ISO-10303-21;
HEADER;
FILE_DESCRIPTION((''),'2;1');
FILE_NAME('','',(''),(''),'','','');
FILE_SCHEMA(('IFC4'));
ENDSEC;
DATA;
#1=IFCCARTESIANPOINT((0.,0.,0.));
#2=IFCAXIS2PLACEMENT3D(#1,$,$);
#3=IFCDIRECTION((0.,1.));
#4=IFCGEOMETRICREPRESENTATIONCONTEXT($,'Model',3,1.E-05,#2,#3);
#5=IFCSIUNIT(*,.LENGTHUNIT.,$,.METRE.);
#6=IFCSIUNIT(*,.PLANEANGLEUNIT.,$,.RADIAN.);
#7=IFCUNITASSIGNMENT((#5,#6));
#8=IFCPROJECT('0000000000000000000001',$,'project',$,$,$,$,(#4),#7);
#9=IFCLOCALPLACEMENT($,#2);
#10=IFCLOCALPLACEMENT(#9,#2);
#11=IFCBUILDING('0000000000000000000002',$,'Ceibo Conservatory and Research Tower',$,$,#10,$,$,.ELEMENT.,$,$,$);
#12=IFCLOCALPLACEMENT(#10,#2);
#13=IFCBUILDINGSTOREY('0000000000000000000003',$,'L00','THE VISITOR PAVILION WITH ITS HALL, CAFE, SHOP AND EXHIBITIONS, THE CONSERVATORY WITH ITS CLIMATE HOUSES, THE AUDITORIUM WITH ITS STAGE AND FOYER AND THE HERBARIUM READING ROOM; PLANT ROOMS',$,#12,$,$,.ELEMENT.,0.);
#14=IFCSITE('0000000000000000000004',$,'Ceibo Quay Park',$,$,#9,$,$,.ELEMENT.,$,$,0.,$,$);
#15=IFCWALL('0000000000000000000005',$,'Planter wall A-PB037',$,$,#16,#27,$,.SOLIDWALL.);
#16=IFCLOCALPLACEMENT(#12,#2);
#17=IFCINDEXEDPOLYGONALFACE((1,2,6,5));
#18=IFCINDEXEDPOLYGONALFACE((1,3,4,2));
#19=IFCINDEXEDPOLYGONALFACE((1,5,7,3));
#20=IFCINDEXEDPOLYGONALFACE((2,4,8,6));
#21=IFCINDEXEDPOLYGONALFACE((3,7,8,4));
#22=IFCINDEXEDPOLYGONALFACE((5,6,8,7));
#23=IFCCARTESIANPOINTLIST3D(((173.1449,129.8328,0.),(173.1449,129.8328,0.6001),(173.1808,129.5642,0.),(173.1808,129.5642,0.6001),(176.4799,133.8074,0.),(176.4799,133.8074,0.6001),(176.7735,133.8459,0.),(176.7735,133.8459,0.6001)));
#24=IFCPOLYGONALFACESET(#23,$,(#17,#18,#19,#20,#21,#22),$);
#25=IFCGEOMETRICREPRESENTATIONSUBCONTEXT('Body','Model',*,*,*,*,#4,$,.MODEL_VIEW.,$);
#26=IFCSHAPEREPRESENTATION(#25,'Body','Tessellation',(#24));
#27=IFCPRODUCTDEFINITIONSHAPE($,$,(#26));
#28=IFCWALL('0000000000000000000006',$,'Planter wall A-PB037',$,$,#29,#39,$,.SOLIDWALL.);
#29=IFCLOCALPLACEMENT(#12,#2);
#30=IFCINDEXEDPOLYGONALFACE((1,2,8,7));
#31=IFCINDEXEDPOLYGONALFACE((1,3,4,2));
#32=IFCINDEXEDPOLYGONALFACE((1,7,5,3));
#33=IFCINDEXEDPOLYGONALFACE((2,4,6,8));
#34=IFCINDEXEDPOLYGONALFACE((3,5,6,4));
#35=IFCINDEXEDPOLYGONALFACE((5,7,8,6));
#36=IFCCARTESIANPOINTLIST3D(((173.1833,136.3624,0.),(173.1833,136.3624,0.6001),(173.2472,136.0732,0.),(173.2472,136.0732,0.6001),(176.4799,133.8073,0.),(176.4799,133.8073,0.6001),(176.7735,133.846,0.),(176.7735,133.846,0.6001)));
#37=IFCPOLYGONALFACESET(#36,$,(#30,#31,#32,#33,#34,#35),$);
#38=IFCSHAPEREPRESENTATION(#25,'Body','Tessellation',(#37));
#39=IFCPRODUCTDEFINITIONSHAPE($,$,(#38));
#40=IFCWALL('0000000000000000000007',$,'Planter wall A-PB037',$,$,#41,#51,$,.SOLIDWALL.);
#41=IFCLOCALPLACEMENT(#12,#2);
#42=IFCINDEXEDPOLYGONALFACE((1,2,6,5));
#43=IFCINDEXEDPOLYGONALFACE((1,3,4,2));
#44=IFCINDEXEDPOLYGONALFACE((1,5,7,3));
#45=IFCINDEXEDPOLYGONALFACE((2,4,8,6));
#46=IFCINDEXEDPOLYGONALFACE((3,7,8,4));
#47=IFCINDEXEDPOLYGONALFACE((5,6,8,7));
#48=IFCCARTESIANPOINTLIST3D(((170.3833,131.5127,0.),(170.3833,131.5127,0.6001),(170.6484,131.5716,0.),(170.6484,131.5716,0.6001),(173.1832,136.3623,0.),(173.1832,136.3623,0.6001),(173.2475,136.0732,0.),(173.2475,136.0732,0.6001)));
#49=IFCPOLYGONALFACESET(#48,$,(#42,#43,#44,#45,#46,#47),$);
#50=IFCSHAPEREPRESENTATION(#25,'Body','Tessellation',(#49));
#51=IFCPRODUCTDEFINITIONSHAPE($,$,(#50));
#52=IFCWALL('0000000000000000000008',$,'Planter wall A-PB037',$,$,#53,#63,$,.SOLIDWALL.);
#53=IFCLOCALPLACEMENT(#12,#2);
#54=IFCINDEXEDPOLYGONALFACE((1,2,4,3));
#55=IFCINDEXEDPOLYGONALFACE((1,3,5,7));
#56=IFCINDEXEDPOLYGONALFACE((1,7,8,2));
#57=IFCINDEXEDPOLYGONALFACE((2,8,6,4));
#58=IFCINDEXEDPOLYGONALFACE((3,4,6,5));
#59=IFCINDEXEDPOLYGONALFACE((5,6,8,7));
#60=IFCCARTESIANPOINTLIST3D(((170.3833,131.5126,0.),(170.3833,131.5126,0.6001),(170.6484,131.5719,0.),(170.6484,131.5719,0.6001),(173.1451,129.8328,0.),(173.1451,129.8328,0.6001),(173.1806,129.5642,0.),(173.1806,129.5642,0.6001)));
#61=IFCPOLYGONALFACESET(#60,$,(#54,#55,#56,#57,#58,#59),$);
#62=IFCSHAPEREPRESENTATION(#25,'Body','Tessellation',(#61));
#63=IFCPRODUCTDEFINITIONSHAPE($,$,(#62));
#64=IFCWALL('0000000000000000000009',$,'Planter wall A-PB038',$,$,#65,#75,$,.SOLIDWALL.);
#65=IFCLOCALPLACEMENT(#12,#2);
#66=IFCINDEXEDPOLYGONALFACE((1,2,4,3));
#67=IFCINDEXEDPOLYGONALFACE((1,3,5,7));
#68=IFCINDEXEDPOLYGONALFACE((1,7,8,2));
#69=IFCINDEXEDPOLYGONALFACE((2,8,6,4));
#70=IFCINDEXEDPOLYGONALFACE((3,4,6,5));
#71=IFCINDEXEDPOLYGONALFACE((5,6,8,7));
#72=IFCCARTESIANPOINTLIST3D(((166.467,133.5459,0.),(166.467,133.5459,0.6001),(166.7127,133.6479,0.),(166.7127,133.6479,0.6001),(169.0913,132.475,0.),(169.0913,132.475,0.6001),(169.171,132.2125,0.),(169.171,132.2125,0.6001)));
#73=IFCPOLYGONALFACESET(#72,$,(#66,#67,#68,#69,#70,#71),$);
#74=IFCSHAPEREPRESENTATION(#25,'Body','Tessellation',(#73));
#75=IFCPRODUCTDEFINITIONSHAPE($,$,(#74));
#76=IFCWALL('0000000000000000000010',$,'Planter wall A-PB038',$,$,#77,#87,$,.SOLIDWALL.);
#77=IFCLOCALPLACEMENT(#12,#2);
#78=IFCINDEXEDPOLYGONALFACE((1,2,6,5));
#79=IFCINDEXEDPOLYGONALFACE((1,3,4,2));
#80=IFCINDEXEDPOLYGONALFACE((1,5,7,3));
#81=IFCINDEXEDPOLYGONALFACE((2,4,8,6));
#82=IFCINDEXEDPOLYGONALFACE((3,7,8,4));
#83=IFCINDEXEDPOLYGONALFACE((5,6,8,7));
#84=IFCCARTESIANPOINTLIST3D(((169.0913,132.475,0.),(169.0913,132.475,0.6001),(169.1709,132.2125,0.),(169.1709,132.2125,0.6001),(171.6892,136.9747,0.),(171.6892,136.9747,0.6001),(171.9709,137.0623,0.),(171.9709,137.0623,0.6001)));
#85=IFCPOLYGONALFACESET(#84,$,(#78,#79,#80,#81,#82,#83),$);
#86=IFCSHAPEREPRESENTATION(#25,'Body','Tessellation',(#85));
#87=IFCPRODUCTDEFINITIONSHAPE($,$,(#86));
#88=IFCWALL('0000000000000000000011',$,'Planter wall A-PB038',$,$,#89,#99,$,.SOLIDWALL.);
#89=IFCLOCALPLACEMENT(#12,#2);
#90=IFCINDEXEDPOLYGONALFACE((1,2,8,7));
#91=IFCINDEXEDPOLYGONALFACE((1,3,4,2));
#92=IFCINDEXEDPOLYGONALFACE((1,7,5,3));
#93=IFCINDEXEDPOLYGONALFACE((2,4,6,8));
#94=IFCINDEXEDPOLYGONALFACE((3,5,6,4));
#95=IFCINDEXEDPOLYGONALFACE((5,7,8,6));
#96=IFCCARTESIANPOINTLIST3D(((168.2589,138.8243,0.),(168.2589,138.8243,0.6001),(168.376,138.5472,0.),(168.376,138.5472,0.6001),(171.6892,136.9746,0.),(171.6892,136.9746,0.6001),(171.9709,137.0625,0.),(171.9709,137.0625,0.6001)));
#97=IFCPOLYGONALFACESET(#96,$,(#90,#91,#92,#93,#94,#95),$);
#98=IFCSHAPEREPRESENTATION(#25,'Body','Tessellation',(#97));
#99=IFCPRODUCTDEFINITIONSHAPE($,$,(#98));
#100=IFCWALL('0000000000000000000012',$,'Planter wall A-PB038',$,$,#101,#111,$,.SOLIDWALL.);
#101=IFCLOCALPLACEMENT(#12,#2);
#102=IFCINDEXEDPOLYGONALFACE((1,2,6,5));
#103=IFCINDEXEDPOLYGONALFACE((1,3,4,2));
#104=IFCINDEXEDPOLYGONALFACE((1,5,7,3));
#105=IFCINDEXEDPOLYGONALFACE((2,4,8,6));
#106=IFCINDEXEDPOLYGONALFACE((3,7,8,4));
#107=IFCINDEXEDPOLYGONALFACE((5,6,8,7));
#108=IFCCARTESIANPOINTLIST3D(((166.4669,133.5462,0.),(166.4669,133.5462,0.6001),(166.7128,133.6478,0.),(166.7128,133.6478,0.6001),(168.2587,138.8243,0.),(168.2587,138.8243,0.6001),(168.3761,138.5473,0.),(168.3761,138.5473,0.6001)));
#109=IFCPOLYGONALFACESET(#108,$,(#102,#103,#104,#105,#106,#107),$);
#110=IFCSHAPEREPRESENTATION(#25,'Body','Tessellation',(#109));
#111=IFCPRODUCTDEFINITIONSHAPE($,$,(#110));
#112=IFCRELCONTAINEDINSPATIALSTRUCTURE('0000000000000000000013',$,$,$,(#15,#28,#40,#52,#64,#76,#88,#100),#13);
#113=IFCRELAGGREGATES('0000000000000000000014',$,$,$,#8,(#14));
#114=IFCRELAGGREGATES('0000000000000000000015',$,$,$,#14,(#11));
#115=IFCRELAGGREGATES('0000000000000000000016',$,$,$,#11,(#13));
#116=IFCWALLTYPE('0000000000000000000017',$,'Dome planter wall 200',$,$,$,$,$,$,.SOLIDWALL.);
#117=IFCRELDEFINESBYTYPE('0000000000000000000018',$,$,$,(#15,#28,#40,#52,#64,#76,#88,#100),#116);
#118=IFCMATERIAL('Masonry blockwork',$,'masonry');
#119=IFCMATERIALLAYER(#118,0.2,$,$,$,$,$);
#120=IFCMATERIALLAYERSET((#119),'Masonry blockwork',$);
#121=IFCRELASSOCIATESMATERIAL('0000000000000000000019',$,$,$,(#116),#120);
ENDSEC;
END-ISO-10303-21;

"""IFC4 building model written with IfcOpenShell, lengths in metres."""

from ifc_helpers import new_model, si_unit, direction, frame, origin, place, context, subcontext, project, spatial, polyline, outline, extrude, material, layer, layer_set, type_object, element, save


model = new_model("IFC4")

# Units and contexts
model_context = context("Model", 3, precision=1e-05, world=origin(), true_north=direction((0.0, 1.0)))
body_context = subcontext(model_context, "Body", "Model", "MODEL_VIEW")
ifc_project = project(units=[si_unit("LENGTHUNIT", "METRE"), si_unit("PLANEANGLEUNIT", "RADIAN")], contexts=[model_context])

# Site, building, storey
site_placement = place(None, origin())
site = spatial("IfcSite", under=ifc_project, at=site_placement, Name="Ceibo Quay Park", CompositionType="ELEMENT", RefElevation=0.0)
building_placement = place(site_placement, origin())
building = spatial("IfcBuilding", under=site, at=building_placement, Name="Ceibo Conservatory and Research Tower", CompositionType="ELEMENT")
storey_placement = place(building_placement, origin())
storey = spatial("IfcBuildingStorey", under=building, at=storey_placement, Name="L00", Description="THE VISITOR PAVILION WITH ITS HALL, CAFE, SHOP AND EXHIBITIONS, THE CONSERVATORY WITH ITS CLIMATE HOUSES, THE AUDITORIUM WITH ITS STAGE AND FOYER AND THE HERBARIUM READING ROOM; PLANT ROOMS", CompositionType="ELEMENT", Elevation=0.0)

# Walls
ifc_material_1 = material(Name="Masonry blockwork", Category="masonry")
ifc_layer_1 = layer(ifc_material_1, 0.2)
ifc_layer_set_1 = layer_set([ifc_layer_1], Name="Masonry blockwork")
wall_type_1 = type_object("IfcWallType", Name="Dome planter wall 200", PredefinedType="SOLIDWALL", material=ifc_layer_set_1)
wall_1_placement = place(storey_placement, frame((173.1628, 129.6985, 0.0), z_axis=(0.0, 0.0, 1.0), x_axis=(0.642779, 0.766052, 0.0)))
element("IfcWall", 1, at=wall_1_placement, inside=storey, type_object=wall_type_1, Name="Planter wall A-PB037", PredefinedType="SOLIDWALL", context=body_context, shape_type="SweptSolid", body=[
    extrude(outline(polyline([(-0.0913, -0.1001), (5.498, -0.1001), (5.2798, 0.1001), (0.0913, 0.1001), (-0.0913, -0.1001)])), origin(), (0.0, 0.0, 1.0), 0.6001),
])
wall_2_placement = place(storey_placement, frame((176.6267, 133.8267, 0.0), z_axis=(0.0, 0.0, 1.0), x_axis=(-0.818877, 0.57397, 0.0)))
element("IfcWall", 2, at=wall_2_placement, inside=storey, type_object=wall_type_1, Name="Planter wall A-PB037", PredefinedType="SOLIDWALL", context=body_context, shape_type="SweptSolid", body=[
    extrude(outline(polyline([(-0.1091, -0.1001), (4.2751, -0.1001), (4.0569, 0.1001), (0.1091, 0.1001), (-0.1091, -0.1001)])), origin(), (0.0, 0.0, 1.0), 0.6001),
])
wall_3_placement = place(storey_placement, frame((173.2153, 136.2178, 0.0), z_axis=(0.0, 0.0, 1.0), x_axis=(-0.500006, -0.866022, 0.0)))
element("IfcWall", 3, at=wall_3_placement, inside=storey, type_object=wall_type_1, Name="Planter wall A-PB037", PredefinedType="SOLIDWALL", context=body_context, shape_type="SweptSolid", body=[
    extrude(outline(polyline([(-0.1091, -0.1001), (5.4907, -0.1001), (5.3071, 0.1001), (0.1091, 0.1001), (-0.1091, -0.1001)])), origin(), (0.0, 0.0, 1.0), 0.6001),
])
wall_4_placement = place(storey_placement, frame((170.5159, 131.5422, 0.0), z_axis=(0.0, 0.0, 1.0), x_axis=(0.82056, -0.571561, 0.0)))
element("IfcWall", 4, at=wall_4_placement, inside=storey, type_object=wall_type_1, Name="Planter wall A-PB037", PredefinedType="SOLIDWALL", context=body_context, shape_type="SweptSolid", body=[
    extrude(outline(polyline([(-0.0918, -0.1001), (3.3171, -0.1001), (3.1345, 0.1001), (0.0918, 0.1001), (-0.0918, -0.1001)])), origin(), (0.0, 0.0, 1.0), 0.6001),
])
wall_5_placement = place(storey_placement, frame((166.5898, 133.5969, 0.0), z_axis=(0.0, 0.0, 1.0), x_axis=(0.896878, -0.442278, 0.0)))
element("IfcWall", 5, at=wall_5_placement, inside=storey, type_object=wall_type_1, Name="Planter wall A-PB038", PredefinedType="SOLIDWALL", context=body_context, shape_type="SweptSolid", body=[
    extrude(outline(polyline([(-0.0876, -0.1001), (2.9272, -0.1001), (2.7397, 0.1001), (0.0876, 0.1001), (-0.0876, -0.1001)])), origin(), (0.0, 0.0, 1.0), 0.6001),
])
wall_6_placement = place(storey_placement, frame((169.1311, 132.3438, 0.0), z_axis=(0.0, 0.0, 1.0), x_axis=(0.499997, 0.866027, 0.0)))
element("IfcWall", 6, at=wall_6_placement, inside=storey, type_object=wall_type_1, Name="Planter wall A-PB038", PredefinedType="SOLIDWALL", context=body_context, shape_type="SweptSolid", body=[
    extrude(outline(polyline([(-0.0938, -0.1001), (5.5063, -0.1001), (5.2896, 0.1001), (0.0938, 0.1001), (-0.0938, -0.1001)])), origin(), (0.0, 0.0, 1.0), 0.6001),
])
wall_7_placement = place(storey_placement, frame((171.8301, 137.0186, 0.0), z_axis=(0.0, 0.0, 1.0), x_axis=(-0.903406, 0.428785, 0.0)))
element("IfcWall", 7, at=wall_7_placement, inside=storey, type_object=wall_type_1, Name="Planter wall A-PB038", PredefinedType="SOLIDWALL", context=body_context, shape_type="SweptSolid", body=[
    extrude(outline(polyline([(-0.1084, -0.1001), (4.0005, -0.1001), (3.7759, 0.1001), (0.1084, 0.1001), (-0.1084, -0.1001)])), origin(), (0.0, 0.0, 1.0), 0.6001),
])
wall_8_placement = place(storey_placement, frame((168.3174, 138.6858, 0.0), z_axis=(0.0, 0.0, 1.0), x_axis=(-0.321456, -0.946924, 0.0)))
element("IfcWall", 8, at=wall_8_placement, inside=storey, type_object=wall_type_1, Name="Planter wall A-PB038", PredefinedType="SOLIDWALL", context=body_context, shape_type="SweptSolid", body=[
    extrude(outline(polyline([(-0.1123, -0.1001), (5.4617, -0.1001), (5.2864, 0.1001), (0.1123, 0.1001), (-0.1123, -0.1001)])), origin(), (0.0, 0.0, 1.0), 0.6001),
])

save(model, "model.ifc")
